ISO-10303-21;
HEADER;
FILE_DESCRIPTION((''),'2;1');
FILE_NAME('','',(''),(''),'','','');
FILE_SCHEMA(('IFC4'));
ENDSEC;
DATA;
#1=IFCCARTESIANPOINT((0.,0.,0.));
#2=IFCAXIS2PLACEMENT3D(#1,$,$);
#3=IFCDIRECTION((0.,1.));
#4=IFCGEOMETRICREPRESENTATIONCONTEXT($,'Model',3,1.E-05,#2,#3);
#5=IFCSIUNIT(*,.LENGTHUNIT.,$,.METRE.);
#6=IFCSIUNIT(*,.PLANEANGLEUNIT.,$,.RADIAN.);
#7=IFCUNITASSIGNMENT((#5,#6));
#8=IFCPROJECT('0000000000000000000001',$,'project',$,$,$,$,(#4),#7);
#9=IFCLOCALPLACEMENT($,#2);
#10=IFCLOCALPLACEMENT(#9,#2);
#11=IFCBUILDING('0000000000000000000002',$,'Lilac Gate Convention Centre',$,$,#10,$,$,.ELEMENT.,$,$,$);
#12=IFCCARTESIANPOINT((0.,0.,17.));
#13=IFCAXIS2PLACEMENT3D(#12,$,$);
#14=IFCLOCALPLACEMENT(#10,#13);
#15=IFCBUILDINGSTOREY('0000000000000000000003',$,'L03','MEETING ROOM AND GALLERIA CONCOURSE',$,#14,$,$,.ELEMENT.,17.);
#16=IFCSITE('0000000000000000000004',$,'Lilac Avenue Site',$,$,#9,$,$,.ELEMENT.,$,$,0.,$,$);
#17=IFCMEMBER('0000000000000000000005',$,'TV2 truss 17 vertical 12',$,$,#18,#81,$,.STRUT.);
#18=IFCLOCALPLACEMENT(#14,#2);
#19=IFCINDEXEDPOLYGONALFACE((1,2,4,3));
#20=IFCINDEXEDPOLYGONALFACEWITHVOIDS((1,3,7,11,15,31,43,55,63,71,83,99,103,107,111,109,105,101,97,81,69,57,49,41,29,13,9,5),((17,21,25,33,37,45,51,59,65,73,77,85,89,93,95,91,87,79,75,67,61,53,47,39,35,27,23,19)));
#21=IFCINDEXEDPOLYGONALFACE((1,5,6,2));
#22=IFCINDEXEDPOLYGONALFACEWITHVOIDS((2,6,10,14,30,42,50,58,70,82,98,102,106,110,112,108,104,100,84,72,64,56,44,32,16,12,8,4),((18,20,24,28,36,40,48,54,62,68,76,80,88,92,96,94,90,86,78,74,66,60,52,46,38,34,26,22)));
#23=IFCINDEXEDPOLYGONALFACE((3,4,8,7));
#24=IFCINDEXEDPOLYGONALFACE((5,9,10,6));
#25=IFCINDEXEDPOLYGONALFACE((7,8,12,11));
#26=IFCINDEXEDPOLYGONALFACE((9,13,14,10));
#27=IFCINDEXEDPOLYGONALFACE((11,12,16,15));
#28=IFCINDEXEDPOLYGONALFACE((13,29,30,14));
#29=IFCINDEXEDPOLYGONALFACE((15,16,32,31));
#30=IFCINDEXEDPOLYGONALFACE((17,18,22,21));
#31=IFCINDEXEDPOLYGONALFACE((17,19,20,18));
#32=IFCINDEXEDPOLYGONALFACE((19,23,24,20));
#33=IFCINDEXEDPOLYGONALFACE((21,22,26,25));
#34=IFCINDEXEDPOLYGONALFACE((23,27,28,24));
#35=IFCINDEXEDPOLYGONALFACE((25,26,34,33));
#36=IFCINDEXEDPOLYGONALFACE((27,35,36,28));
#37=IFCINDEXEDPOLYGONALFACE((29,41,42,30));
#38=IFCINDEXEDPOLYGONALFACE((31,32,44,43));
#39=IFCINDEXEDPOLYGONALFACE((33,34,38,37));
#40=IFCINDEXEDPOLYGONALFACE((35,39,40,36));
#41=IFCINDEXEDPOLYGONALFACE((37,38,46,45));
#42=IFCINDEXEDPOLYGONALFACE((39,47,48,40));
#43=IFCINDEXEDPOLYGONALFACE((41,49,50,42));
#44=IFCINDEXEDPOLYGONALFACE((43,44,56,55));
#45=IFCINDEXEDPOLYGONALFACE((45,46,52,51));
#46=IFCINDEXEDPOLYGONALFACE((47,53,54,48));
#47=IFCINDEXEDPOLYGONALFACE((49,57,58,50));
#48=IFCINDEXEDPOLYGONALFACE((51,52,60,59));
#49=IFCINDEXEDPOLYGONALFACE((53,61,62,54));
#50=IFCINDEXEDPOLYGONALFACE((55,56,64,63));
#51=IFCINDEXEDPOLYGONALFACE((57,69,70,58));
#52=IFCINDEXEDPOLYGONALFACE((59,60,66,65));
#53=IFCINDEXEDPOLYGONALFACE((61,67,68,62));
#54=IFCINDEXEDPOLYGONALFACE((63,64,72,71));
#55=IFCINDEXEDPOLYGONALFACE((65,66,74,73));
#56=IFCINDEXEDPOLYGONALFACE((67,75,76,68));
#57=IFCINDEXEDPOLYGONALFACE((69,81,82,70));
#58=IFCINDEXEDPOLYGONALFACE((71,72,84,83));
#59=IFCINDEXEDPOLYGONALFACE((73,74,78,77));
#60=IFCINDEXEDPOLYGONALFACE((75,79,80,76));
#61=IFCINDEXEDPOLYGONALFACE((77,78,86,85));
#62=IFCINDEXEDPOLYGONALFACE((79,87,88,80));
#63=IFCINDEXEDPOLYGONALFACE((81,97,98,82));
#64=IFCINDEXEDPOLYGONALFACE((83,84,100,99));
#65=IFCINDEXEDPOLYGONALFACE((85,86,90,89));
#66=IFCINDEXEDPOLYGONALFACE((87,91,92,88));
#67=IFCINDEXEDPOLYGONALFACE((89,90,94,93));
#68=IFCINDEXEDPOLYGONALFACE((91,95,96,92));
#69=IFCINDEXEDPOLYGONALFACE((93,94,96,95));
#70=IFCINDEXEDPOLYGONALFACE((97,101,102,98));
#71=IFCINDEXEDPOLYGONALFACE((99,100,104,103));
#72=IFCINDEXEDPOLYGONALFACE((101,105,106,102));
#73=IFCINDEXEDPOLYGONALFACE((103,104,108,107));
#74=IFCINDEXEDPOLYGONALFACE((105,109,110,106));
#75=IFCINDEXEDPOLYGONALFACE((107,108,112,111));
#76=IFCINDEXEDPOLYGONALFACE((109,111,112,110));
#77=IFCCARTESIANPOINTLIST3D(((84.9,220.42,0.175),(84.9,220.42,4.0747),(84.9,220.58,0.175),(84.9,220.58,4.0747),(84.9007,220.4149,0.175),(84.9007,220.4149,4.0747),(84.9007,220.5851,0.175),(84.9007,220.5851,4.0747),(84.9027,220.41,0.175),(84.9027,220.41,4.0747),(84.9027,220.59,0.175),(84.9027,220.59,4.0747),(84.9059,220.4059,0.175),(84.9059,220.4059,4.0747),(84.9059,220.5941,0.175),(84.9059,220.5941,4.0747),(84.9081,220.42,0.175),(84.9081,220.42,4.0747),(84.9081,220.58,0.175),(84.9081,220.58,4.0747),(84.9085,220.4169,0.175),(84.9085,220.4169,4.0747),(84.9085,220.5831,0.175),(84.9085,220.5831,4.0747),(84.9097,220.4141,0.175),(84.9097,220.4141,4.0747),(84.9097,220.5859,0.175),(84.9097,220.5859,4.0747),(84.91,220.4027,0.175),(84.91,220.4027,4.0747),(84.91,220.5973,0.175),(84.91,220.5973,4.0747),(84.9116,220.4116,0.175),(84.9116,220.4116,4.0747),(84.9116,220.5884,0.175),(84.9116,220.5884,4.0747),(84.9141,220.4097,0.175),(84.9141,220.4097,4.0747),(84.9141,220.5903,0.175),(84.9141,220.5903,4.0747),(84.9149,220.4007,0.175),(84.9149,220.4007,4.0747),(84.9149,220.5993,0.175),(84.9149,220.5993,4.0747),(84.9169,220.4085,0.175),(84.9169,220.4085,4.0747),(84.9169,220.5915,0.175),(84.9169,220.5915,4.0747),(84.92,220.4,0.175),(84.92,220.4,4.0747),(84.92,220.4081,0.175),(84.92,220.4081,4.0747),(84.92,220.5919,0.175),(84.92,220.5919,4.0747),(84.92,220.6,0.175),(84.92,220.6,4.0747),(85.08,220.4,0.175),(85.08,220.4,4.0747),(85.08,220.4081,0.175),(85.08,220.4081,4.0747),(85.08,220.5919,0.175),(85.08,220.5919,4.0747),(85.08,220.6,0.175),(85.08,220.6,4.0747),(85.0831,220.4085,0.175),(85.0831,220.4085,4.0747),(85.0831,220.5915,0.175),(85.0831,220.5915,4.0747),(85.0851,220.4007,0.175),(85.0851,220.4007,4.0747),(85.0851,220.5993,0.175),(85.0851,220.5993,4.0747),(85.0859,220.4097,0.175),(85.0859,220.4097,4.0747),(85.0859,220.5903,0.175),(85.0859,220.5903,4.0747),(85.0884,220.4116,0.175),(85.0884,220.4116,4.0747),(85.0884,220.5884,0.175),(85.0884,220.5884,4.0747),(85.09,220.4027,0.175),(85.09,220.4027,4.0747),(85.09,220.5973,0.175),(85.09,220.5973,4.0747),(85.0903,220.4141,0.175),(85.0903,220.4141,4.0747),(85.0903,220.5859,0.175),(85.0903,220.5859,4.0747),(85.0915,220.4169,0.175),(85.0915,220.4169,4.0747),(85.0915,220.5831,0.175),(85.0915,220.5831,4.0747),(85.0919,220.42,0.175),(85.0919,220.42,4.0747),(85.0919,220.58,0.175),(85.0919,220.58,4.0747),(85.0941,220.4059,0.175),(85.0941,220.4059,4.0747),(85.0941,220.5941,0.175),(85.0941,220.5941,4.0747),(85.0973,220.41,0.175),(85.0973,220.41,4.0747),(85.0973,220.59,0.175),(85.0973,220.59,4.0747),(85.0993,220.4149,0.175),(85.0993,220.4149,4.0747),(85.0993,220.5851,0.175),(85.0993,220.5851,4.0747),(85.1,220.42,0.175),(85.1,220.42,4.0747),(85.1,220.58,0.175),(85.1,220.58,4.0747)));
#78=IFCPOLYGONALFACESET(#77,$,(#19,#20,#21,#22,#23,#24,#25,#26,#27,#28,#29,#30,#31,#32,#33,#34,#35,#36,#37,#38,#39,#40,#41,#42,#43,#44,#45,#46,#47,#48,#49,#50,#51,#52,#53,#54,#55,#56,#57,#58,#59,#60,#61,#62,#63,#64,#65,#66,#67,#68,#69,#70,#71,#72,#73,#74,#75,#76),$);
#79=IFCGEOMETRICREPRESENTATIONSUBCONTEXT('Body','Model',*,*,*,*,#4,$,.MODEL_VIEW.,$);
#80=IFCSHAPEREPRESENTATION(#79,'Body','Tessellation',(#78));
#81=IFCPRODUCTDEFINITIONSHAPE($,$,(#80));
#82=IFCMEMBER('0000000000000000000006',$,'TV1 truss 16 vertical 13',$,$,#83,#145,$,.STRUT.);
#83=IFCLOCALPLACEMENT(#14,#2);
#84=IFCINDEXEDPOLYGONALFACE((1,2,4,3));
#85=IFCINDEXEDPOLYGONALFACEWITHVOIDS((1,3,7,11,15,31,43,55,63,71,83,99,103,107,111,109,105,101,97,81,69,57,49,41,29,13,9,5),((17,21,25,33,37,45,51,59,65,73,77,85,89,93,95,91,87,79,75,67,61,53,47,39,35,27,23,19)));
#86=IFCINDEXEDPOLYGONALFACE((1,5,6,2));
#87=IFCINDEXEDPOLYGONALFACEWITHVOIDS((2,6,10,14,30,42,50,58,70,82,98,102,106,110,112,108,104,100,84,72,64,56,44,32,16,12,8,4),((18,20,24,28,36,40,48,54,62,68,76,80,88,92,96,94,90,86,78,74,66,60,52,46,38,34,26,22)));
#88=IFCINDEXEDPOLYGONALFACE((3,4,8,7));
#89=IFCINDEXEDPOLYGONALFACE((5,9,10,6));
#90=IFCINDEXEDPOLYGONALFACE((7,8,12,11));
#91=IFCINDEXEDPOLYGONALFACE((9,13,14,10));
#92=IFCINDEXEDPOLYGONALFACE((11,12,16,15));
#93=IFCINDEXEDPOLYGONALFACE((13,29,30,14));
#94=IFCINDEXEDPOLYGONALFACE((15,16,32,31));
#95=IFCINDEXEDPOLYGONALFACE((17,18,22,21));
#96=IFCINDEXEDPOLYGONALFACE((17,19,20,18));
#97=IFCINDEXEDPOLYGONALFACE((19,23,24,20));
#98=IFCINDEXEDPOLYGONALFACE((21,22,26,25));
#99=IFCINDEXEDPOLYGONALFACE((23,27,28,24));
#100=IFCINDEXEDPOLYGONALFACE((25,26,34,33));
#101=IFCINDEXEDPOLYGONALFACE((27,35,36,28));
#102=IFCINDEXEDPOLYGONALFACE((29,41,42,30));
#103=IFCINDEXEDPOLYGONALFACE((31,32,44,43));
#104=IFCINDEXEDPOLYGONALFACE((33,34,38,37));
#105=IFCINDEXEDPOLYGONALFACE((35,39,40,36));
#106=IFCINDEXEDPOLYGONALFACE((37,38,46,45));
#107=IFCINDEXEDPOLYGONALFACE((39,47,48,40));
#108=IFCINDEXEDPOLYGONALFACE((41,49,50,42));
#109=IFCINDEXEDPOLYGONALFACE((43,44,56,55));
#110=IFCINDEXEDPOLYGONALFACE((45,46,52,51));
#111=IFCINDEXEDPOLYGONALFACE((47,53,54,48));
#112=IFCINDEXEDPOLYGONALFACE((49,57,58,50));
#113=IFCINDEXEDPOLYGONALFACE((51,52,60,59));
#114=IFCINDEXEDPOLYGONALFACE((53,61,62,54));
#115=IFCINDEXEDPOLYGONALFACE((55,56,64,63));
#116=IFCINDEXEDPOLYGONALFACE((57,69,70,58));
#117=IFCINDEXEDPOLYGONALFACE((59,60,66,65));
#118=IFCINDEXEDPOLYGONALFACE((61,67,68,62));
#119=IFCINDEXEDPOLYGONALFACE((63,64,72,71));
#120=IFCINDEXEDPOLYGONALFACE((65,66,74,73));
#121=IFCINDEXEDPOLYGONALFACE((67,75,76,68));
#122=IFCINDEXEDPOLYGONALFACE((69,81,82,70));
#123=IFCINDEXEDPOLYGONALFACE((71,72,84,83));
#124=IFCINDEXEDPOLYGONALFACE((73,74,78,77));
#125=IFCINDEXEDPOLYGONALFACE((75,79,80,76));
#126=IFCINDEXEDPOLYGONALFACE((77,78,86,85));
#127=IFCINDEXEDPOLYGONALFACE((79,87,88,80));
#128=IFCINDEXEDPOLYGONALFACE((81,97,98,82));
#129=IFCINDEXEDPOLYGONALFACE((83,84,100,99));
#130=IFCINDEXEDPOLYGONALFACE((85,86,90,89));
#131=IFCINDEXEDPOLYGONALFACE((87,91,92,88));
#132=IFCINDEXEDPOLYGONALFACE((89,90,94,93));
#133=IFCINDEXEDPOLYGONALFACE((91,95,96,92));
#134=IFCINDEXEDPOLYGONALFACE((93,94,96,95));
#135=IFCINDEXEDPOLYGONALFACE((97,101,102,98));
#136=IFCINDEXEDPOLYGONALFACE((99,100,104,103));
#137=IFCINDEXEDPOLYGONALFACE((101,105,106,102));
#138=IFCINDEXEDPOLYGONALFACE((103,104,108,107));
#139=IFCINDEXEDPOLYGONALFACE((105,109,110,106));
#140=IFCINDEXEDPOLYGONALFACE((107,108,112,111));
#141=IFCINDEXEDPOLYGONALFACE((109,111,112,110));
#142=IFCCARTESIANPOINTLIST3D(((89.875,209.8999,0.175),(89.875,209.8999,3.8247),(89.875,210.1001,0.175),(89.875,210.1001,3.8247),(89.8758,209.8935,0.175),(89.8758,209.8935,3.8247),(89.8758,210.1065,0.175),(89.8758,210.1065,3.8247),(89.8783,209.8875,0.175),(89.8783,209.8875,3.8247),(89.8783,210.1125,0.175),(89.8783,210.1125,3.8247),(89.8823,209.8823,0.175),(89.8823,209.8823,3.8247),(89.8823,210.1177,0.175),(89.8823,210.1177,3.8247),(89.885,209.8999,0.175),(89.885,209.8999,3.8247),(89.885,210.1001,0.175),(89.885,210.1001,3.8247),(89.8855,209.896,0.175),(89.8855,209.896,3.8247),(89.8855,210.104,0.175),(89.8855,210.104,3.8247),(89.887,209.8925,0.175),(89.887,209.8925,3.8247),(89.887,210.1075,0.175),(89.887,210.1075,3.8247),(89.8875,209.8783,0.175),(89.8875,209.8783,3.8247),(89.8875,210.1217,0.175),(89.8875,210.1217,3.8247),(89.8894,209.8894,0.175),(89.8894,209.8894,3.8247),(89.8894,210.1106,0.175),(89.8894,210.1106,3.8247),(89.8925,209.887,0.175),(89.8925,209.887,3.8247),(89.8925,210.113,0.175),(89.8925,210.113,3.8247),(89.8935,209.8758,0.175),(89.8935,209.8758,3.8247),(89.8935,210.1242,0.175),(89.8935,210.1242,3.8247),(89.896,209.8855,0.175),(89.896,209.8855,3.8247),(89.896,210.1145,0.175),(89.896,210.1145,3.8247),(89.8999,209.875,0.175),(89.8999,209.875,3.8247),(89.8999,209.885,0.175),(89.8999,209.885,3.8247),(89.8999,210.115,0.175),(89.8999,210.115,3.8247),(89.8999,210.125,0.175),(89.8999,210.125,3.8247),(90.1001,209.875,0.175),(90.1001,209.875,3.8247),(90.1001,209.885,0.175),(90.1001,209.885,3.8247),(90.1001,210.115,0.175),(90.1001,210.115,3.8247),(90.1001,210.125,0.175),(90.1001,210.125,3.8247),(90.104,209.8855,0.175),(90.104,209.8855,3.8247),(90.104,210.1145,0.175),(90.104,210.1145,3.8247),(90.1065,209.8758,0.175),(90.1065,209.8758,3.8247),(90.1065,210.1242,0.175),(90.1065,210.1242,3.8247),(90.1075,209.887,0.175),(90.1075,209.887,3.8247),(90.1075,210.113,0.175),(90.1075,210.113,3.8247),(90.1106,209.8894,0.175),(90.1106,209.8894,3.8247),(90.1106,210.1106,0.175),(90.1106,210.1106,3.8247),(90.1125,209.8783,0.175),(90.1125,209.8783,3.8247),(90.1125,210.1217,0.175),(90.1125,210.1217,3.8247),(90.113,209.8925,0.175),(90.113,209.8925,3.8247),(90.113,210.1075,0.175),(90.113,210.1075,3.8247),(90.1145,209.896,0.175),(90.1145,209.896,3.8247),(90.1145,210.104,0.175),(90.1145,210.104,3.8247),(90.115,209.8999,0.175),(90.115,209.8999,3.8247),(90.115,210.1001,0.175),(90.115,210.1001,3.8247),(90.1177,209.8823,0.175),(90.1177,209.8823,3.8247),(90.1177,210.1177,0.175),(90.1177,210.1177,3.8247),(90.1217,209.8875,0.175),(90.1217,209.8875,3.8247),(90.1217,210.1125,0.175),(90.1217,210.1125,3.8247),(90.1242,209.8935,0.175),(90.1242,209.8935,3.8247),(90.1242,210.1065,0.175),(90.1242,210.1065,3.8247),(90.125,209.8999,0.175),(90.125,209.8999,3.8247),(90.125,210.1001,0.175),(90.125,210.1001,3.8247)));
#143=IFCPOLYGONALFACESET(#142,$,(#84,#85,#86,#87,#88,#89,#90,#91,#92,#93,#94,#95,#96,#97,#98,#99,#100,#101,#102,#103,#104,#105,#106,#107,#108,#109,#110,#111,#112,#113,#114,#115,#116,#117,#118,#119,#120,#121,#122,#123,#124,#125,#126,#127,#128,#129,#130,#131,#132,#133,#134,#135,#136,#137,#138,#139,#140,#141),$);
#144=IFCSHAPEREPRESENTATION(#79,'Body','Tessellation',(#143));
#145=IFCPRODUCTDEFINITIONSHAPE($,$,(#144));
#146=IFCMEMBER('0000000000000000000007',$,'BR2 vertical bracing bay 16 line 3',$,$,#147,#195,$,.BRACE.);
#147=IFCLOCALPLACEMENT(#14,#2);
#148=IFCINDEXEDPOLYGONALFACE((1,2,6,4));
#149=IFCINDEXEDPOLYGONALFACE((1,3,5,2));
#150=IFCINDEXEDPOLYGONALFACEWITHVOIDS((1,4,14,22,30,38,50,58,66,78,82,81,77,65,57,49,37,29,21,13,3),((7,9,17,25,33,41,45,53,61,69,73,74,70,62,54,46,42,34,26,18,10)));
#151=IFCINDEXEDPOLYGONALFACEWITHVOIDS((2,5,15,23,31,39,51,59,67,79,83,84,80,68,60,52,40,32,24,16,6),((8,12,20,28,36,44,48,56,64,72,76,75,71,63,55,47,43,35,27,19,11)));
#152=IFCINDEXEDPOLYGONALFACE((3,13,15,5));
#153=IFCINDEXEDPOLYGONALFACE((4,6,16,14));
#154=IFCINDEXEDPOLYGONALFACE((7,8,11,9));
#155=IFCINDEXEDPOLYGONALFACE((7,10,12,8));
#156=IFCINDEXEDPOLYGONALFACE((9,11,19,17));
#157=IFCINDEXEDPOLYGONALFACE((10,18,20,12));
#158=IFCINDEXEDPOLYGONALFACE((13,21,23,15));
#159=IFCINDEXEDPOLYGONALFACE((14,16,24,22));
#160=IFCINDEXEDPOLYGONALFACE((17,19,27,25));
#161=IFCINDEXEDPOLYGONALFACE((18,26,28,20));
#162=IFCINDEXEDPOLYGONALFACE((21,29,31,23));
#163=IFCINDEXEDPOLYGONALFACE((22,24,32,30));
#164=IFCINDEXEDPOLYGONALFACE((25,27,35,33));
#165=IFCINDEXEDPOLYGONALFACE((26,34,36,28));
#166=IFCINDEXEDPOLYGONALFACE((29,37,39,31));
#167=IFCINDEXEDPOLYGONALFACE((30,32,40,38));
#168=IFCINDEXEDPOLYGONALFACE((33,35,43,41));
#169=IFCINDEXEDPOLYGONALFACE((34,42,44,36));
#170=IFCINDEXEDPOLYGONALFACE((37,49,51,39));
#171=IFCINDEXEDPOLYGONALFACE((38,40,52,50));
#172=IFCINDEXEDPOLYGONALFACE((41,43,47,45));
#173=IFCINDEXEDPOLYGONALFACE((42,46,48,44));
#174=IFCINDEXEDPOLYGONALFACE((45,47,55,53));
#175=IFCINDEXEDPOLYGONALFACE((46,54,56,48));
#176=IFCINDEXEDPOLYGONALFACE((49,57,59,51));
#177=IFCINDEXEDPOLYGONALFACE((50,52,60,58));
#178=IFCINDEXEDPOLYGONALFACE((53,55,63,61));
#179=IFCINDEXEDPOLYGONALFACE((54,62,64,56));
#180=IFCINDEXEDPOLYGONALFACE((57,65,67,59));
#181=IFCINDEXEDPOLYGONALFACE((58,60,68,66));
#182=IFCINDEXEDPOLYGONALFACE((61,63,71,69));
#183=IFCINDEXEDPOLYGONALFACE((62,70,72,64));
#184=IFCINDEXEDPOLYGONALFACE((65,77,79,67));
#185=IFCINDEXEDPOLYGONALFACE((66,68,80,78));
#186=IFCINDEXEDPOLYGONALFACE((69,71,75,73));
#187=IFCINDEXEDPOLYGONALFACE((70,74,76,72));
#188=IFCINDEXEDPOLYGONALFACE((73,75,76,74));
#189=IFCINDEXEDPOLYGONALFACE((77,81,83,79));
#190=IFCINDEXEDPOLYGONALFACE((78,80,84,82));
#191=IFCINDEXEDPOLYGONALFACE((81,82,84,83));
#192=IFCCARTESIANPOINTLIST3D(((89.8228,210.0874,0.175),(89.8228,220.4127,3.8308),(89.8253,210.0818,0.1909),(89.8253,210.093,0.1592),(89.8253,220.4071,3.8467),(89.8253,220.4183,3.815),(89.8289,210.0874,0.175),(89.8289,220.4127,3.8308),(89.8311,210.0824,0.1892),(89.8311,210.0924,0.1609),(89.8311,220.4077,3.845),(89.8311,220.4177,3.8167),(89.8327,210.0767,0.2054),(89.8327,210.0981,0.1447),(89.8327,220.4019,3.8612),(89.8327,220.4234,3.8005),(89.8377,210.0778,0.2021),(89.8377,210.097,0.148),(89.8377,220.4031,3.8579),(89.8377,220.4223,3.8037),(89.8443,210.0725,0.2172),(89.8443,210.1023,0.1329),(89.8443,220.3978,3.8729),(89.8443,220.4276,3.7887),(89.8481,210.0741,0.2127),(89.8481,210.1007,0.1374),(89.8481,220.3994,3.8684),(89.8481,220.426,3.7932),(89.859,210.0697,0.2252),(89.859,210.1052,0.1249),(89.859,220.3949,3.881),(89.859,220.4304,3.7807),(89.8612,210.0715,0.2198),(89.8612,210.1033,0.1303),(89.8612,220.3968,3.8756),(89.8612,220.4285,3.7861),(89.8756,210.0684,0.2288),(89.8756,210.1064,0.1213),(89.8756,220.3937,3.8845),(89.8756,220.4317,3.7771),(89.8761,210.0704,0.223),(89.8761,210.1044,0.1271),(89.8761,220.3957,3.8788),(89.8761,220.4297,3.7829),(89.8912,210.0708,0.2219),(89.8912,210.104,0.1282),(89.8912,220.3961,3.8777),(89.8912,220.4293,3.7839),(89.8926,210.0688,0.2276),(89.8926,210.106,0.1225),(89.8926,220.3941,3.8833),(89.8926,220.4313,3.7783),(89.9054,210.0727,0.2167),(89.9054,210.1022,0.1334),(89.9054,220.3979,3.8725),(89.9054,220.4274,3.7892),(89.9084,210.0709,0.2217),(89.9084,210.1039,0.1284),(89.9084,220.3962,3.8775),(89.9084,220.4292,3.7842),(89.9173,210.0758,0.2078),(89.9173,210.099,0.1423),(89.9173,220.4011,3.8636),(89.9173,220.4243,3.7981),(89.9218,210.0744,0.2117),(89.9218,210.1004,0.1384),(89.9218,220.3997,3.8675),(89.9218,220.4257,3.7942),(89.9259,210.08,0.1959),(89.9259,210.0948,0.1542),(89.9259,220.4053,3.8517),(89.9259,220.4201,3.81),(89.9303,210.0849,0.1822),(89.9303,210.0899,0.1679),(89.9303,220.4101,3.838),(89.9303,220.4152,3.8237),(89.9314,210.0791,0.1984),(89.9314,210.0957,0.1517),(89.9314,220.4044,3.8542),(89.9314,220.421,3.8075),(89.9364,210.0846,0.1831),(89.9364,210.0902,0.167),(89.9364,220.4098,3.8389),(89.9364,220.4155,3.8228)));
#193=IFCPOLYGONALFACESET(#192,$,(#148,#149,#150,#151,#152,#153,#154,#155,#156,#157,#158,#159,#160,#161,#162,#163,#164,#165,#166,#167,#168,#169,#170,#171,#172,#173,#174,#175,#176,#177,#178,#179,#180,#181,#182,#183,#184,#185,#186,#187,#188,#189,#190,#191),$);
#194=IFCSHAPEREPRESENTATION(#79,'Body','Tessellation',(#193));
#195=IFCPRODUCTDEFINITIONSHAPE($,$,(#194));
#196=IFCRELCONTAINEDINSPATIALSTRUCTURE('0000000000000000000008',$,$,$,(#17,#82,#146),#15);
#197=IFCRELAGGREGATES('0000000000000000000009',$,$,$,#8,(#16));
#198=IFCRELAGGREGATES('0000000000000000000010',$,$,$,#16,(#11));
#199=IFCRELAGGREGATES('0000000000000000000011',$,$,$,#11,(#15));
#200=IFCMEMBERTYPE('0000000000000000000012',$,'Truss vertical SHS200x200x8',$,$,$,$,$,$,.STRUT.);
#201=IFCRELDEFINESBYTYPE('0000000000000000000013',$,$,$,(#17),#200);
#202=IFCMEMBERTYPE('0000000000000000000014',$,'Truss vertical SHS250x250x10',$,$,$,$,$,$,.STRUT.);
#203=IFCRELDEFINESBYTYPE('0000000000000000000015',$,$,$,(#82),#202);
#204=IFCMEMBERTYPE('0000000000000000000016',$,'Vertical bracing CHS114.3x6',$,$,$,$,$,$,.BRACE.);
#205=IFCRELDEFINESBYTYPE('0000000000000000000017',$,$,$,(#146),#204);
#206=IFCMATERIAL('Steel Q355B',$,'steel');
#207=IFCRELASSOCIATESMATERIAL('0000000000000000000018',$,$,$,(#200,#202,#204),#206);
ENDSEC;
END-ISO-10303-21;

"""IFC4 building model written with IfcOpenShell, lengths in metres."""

from ifc_helpers import new_model, si_unit, direction, frame, origin, origin_2d, place, context, subcontext, project, spatial, hollow_rectangle, hollow_circle, extrude, material, material_profile, profile_set, type_object, element, save


model = new_model("IFC4")

# Units and contexts
model_context = context("Model", 3, precision=1e-05, world=origin(), true_north=direction((0.0, 1.0)))
body_context = subcontext(model_context, "Body", "Model", "MODEL_VIEW")
ifc_project = project(units=[si_unit("LENGTHUNIT", "METRE"), si_unit("PLANEANGLEUNIT", "RADIAN")], contexts=[model_context])

# Site, building, storey
site_placement = place(None, origin())
site = spatial("IfcSite", under=ifc_project, at=site_placement, Name="Lilac Avenue Site", CompositionType="ELEMENT", RefElevation=0.0)
building_placement = place(site_placement, origin())
building = spatial("IfcBuilding", under=site, at=building_placement, Name="Lilac Gate Convention Centre", CompositionType="ELEMENT")
storey_placement = place(building_placement, frame((0.0, 0.0, 17.0)))
storey = spatial("IfcBuildingStorey", under=building, at=storey_placement, Name="L03", Description="MEETING ROOM AND GALLERIA CONCOURSE", CompositionType="ELEMENT", Elevation=17.0)

# Members
ifc_material = material(Name="Steel Q355B", Category="steel")
ifc_material_profile_1 = material_profile(ifc_material, hollow_rectangle(XDim=0.2, YDim=0.2, WallThickness=0.0081, InnerFilletRadius=0.012, OuterFilletRadius=0.02, at=origin_2d()), Name="SHS200x200x8")
ifc_profile_set_1 = profile_set([ifc_material_profile_1], Name="Steel Q355B")
member_type_1 = type_object("IfcMemberType", Name="Truss vertical SHS200x200x8", PredefinedType="STRUT", material=ifc_profile_set_1)
member_1_placement = place(storey_placement, frame((85.0, 220.5, 0.175), z_axis=(0.0, 0.0, 1.0), x_axis=(1.0, 0.0, 0.0)))
element("IfcMember", 1, at=member_1_placement, inside=storey, type_object=member_type_1, Name="TV2 truss 17 vertical 12", PredefinedType="STRUT", context=body_context, shape_type="SweptSolid", body=[
    extrude(hollow_rectangle(XDim=0.2, YDim=0.2, WallThickness=0.0081, InnerFilletRadius=0.012, OuterFilletRadius=0.02, at=origin_2d()), origin(), (0.0, 0.0, 1.0), 3.8997),
])
ifc_material_profile_2 = material_profile(ifc_material, hollow_rectangle(XDim=0.25, YDim=0.25, WallThickness=0.01, InnerFilletRadius=0.0149, OuterFilletRadius=0.0249, at=origin_2d()), Name="SHS250x250x10")
ifc_profile_set_2 = profile_set([ifc_material_profile_2], Name="Steel Q355B")
member_type_2 = type_object("IfcMemberType", Name="Truss vertical SHS250x250x10", PredefinedType="STRUT", material=ifc_profile_set_2)
member_2_placement = place(storey_placement, frame((90.0, 210.0, 0.175), z_axis=(0.0, 0.0, 1.0), x_axis=(1.0, 0.0, 0.0)))
element("IfcMember", 2, at=member_2_placement, inside=storey, type_object=member_type_2, Name="TV1 truss 16 vertical 13", PredefinedType="STRUT", context=body_context, shape_type="SweptSolid", body=[
    extrude(hollow_rectangle(XDim=0.25, YDim=0.25, WallThickness=0.01, InnerFilletRadius=0.0149, OuterFilletRadius=0.0249, at=origin_2d()), origin(), (0.0, 0.0, 1.0), 3.6497),
])
ifc_material_profile_3 = material_profile(ifc_material, hollow_circle(Radius=0.0571, WallThickness=0.0061, at=origin_2d()), Name="CHS114.3x6")
ifc_profile_set_3 = profile_set([ifc_material_profile_3], Name="Steel Q355B")
member_type_3 = type_object("IfcMemberType", Name="Vertical bracing CHS114.3x6", PredefinedType="BRACE", material=ifc_profile_set_3)
member_3_placement = place(storey_placement, frame((89.8799, 210.0874, 0.175), z_axis=(0.0, 0.942658, 0.33376), x_axis=(-1.0, 0.0, 0.0)))
element("IfcMember", 3, at=member_3_placement, inside=storey, type_object=member_type_3, Name="BR2 vertical bracing bay 16 line 3", PredefinedType="BRACE", context=body_context, shape_type="SweptSolid", body=[
    extrude(hollow_circle(Radius=0.0571, WallThickness=0.0061, at=origin_2d()), origin(), (0.0, 0.0, 1.0), 10.9534),
])

save(model, "model.ifc")
